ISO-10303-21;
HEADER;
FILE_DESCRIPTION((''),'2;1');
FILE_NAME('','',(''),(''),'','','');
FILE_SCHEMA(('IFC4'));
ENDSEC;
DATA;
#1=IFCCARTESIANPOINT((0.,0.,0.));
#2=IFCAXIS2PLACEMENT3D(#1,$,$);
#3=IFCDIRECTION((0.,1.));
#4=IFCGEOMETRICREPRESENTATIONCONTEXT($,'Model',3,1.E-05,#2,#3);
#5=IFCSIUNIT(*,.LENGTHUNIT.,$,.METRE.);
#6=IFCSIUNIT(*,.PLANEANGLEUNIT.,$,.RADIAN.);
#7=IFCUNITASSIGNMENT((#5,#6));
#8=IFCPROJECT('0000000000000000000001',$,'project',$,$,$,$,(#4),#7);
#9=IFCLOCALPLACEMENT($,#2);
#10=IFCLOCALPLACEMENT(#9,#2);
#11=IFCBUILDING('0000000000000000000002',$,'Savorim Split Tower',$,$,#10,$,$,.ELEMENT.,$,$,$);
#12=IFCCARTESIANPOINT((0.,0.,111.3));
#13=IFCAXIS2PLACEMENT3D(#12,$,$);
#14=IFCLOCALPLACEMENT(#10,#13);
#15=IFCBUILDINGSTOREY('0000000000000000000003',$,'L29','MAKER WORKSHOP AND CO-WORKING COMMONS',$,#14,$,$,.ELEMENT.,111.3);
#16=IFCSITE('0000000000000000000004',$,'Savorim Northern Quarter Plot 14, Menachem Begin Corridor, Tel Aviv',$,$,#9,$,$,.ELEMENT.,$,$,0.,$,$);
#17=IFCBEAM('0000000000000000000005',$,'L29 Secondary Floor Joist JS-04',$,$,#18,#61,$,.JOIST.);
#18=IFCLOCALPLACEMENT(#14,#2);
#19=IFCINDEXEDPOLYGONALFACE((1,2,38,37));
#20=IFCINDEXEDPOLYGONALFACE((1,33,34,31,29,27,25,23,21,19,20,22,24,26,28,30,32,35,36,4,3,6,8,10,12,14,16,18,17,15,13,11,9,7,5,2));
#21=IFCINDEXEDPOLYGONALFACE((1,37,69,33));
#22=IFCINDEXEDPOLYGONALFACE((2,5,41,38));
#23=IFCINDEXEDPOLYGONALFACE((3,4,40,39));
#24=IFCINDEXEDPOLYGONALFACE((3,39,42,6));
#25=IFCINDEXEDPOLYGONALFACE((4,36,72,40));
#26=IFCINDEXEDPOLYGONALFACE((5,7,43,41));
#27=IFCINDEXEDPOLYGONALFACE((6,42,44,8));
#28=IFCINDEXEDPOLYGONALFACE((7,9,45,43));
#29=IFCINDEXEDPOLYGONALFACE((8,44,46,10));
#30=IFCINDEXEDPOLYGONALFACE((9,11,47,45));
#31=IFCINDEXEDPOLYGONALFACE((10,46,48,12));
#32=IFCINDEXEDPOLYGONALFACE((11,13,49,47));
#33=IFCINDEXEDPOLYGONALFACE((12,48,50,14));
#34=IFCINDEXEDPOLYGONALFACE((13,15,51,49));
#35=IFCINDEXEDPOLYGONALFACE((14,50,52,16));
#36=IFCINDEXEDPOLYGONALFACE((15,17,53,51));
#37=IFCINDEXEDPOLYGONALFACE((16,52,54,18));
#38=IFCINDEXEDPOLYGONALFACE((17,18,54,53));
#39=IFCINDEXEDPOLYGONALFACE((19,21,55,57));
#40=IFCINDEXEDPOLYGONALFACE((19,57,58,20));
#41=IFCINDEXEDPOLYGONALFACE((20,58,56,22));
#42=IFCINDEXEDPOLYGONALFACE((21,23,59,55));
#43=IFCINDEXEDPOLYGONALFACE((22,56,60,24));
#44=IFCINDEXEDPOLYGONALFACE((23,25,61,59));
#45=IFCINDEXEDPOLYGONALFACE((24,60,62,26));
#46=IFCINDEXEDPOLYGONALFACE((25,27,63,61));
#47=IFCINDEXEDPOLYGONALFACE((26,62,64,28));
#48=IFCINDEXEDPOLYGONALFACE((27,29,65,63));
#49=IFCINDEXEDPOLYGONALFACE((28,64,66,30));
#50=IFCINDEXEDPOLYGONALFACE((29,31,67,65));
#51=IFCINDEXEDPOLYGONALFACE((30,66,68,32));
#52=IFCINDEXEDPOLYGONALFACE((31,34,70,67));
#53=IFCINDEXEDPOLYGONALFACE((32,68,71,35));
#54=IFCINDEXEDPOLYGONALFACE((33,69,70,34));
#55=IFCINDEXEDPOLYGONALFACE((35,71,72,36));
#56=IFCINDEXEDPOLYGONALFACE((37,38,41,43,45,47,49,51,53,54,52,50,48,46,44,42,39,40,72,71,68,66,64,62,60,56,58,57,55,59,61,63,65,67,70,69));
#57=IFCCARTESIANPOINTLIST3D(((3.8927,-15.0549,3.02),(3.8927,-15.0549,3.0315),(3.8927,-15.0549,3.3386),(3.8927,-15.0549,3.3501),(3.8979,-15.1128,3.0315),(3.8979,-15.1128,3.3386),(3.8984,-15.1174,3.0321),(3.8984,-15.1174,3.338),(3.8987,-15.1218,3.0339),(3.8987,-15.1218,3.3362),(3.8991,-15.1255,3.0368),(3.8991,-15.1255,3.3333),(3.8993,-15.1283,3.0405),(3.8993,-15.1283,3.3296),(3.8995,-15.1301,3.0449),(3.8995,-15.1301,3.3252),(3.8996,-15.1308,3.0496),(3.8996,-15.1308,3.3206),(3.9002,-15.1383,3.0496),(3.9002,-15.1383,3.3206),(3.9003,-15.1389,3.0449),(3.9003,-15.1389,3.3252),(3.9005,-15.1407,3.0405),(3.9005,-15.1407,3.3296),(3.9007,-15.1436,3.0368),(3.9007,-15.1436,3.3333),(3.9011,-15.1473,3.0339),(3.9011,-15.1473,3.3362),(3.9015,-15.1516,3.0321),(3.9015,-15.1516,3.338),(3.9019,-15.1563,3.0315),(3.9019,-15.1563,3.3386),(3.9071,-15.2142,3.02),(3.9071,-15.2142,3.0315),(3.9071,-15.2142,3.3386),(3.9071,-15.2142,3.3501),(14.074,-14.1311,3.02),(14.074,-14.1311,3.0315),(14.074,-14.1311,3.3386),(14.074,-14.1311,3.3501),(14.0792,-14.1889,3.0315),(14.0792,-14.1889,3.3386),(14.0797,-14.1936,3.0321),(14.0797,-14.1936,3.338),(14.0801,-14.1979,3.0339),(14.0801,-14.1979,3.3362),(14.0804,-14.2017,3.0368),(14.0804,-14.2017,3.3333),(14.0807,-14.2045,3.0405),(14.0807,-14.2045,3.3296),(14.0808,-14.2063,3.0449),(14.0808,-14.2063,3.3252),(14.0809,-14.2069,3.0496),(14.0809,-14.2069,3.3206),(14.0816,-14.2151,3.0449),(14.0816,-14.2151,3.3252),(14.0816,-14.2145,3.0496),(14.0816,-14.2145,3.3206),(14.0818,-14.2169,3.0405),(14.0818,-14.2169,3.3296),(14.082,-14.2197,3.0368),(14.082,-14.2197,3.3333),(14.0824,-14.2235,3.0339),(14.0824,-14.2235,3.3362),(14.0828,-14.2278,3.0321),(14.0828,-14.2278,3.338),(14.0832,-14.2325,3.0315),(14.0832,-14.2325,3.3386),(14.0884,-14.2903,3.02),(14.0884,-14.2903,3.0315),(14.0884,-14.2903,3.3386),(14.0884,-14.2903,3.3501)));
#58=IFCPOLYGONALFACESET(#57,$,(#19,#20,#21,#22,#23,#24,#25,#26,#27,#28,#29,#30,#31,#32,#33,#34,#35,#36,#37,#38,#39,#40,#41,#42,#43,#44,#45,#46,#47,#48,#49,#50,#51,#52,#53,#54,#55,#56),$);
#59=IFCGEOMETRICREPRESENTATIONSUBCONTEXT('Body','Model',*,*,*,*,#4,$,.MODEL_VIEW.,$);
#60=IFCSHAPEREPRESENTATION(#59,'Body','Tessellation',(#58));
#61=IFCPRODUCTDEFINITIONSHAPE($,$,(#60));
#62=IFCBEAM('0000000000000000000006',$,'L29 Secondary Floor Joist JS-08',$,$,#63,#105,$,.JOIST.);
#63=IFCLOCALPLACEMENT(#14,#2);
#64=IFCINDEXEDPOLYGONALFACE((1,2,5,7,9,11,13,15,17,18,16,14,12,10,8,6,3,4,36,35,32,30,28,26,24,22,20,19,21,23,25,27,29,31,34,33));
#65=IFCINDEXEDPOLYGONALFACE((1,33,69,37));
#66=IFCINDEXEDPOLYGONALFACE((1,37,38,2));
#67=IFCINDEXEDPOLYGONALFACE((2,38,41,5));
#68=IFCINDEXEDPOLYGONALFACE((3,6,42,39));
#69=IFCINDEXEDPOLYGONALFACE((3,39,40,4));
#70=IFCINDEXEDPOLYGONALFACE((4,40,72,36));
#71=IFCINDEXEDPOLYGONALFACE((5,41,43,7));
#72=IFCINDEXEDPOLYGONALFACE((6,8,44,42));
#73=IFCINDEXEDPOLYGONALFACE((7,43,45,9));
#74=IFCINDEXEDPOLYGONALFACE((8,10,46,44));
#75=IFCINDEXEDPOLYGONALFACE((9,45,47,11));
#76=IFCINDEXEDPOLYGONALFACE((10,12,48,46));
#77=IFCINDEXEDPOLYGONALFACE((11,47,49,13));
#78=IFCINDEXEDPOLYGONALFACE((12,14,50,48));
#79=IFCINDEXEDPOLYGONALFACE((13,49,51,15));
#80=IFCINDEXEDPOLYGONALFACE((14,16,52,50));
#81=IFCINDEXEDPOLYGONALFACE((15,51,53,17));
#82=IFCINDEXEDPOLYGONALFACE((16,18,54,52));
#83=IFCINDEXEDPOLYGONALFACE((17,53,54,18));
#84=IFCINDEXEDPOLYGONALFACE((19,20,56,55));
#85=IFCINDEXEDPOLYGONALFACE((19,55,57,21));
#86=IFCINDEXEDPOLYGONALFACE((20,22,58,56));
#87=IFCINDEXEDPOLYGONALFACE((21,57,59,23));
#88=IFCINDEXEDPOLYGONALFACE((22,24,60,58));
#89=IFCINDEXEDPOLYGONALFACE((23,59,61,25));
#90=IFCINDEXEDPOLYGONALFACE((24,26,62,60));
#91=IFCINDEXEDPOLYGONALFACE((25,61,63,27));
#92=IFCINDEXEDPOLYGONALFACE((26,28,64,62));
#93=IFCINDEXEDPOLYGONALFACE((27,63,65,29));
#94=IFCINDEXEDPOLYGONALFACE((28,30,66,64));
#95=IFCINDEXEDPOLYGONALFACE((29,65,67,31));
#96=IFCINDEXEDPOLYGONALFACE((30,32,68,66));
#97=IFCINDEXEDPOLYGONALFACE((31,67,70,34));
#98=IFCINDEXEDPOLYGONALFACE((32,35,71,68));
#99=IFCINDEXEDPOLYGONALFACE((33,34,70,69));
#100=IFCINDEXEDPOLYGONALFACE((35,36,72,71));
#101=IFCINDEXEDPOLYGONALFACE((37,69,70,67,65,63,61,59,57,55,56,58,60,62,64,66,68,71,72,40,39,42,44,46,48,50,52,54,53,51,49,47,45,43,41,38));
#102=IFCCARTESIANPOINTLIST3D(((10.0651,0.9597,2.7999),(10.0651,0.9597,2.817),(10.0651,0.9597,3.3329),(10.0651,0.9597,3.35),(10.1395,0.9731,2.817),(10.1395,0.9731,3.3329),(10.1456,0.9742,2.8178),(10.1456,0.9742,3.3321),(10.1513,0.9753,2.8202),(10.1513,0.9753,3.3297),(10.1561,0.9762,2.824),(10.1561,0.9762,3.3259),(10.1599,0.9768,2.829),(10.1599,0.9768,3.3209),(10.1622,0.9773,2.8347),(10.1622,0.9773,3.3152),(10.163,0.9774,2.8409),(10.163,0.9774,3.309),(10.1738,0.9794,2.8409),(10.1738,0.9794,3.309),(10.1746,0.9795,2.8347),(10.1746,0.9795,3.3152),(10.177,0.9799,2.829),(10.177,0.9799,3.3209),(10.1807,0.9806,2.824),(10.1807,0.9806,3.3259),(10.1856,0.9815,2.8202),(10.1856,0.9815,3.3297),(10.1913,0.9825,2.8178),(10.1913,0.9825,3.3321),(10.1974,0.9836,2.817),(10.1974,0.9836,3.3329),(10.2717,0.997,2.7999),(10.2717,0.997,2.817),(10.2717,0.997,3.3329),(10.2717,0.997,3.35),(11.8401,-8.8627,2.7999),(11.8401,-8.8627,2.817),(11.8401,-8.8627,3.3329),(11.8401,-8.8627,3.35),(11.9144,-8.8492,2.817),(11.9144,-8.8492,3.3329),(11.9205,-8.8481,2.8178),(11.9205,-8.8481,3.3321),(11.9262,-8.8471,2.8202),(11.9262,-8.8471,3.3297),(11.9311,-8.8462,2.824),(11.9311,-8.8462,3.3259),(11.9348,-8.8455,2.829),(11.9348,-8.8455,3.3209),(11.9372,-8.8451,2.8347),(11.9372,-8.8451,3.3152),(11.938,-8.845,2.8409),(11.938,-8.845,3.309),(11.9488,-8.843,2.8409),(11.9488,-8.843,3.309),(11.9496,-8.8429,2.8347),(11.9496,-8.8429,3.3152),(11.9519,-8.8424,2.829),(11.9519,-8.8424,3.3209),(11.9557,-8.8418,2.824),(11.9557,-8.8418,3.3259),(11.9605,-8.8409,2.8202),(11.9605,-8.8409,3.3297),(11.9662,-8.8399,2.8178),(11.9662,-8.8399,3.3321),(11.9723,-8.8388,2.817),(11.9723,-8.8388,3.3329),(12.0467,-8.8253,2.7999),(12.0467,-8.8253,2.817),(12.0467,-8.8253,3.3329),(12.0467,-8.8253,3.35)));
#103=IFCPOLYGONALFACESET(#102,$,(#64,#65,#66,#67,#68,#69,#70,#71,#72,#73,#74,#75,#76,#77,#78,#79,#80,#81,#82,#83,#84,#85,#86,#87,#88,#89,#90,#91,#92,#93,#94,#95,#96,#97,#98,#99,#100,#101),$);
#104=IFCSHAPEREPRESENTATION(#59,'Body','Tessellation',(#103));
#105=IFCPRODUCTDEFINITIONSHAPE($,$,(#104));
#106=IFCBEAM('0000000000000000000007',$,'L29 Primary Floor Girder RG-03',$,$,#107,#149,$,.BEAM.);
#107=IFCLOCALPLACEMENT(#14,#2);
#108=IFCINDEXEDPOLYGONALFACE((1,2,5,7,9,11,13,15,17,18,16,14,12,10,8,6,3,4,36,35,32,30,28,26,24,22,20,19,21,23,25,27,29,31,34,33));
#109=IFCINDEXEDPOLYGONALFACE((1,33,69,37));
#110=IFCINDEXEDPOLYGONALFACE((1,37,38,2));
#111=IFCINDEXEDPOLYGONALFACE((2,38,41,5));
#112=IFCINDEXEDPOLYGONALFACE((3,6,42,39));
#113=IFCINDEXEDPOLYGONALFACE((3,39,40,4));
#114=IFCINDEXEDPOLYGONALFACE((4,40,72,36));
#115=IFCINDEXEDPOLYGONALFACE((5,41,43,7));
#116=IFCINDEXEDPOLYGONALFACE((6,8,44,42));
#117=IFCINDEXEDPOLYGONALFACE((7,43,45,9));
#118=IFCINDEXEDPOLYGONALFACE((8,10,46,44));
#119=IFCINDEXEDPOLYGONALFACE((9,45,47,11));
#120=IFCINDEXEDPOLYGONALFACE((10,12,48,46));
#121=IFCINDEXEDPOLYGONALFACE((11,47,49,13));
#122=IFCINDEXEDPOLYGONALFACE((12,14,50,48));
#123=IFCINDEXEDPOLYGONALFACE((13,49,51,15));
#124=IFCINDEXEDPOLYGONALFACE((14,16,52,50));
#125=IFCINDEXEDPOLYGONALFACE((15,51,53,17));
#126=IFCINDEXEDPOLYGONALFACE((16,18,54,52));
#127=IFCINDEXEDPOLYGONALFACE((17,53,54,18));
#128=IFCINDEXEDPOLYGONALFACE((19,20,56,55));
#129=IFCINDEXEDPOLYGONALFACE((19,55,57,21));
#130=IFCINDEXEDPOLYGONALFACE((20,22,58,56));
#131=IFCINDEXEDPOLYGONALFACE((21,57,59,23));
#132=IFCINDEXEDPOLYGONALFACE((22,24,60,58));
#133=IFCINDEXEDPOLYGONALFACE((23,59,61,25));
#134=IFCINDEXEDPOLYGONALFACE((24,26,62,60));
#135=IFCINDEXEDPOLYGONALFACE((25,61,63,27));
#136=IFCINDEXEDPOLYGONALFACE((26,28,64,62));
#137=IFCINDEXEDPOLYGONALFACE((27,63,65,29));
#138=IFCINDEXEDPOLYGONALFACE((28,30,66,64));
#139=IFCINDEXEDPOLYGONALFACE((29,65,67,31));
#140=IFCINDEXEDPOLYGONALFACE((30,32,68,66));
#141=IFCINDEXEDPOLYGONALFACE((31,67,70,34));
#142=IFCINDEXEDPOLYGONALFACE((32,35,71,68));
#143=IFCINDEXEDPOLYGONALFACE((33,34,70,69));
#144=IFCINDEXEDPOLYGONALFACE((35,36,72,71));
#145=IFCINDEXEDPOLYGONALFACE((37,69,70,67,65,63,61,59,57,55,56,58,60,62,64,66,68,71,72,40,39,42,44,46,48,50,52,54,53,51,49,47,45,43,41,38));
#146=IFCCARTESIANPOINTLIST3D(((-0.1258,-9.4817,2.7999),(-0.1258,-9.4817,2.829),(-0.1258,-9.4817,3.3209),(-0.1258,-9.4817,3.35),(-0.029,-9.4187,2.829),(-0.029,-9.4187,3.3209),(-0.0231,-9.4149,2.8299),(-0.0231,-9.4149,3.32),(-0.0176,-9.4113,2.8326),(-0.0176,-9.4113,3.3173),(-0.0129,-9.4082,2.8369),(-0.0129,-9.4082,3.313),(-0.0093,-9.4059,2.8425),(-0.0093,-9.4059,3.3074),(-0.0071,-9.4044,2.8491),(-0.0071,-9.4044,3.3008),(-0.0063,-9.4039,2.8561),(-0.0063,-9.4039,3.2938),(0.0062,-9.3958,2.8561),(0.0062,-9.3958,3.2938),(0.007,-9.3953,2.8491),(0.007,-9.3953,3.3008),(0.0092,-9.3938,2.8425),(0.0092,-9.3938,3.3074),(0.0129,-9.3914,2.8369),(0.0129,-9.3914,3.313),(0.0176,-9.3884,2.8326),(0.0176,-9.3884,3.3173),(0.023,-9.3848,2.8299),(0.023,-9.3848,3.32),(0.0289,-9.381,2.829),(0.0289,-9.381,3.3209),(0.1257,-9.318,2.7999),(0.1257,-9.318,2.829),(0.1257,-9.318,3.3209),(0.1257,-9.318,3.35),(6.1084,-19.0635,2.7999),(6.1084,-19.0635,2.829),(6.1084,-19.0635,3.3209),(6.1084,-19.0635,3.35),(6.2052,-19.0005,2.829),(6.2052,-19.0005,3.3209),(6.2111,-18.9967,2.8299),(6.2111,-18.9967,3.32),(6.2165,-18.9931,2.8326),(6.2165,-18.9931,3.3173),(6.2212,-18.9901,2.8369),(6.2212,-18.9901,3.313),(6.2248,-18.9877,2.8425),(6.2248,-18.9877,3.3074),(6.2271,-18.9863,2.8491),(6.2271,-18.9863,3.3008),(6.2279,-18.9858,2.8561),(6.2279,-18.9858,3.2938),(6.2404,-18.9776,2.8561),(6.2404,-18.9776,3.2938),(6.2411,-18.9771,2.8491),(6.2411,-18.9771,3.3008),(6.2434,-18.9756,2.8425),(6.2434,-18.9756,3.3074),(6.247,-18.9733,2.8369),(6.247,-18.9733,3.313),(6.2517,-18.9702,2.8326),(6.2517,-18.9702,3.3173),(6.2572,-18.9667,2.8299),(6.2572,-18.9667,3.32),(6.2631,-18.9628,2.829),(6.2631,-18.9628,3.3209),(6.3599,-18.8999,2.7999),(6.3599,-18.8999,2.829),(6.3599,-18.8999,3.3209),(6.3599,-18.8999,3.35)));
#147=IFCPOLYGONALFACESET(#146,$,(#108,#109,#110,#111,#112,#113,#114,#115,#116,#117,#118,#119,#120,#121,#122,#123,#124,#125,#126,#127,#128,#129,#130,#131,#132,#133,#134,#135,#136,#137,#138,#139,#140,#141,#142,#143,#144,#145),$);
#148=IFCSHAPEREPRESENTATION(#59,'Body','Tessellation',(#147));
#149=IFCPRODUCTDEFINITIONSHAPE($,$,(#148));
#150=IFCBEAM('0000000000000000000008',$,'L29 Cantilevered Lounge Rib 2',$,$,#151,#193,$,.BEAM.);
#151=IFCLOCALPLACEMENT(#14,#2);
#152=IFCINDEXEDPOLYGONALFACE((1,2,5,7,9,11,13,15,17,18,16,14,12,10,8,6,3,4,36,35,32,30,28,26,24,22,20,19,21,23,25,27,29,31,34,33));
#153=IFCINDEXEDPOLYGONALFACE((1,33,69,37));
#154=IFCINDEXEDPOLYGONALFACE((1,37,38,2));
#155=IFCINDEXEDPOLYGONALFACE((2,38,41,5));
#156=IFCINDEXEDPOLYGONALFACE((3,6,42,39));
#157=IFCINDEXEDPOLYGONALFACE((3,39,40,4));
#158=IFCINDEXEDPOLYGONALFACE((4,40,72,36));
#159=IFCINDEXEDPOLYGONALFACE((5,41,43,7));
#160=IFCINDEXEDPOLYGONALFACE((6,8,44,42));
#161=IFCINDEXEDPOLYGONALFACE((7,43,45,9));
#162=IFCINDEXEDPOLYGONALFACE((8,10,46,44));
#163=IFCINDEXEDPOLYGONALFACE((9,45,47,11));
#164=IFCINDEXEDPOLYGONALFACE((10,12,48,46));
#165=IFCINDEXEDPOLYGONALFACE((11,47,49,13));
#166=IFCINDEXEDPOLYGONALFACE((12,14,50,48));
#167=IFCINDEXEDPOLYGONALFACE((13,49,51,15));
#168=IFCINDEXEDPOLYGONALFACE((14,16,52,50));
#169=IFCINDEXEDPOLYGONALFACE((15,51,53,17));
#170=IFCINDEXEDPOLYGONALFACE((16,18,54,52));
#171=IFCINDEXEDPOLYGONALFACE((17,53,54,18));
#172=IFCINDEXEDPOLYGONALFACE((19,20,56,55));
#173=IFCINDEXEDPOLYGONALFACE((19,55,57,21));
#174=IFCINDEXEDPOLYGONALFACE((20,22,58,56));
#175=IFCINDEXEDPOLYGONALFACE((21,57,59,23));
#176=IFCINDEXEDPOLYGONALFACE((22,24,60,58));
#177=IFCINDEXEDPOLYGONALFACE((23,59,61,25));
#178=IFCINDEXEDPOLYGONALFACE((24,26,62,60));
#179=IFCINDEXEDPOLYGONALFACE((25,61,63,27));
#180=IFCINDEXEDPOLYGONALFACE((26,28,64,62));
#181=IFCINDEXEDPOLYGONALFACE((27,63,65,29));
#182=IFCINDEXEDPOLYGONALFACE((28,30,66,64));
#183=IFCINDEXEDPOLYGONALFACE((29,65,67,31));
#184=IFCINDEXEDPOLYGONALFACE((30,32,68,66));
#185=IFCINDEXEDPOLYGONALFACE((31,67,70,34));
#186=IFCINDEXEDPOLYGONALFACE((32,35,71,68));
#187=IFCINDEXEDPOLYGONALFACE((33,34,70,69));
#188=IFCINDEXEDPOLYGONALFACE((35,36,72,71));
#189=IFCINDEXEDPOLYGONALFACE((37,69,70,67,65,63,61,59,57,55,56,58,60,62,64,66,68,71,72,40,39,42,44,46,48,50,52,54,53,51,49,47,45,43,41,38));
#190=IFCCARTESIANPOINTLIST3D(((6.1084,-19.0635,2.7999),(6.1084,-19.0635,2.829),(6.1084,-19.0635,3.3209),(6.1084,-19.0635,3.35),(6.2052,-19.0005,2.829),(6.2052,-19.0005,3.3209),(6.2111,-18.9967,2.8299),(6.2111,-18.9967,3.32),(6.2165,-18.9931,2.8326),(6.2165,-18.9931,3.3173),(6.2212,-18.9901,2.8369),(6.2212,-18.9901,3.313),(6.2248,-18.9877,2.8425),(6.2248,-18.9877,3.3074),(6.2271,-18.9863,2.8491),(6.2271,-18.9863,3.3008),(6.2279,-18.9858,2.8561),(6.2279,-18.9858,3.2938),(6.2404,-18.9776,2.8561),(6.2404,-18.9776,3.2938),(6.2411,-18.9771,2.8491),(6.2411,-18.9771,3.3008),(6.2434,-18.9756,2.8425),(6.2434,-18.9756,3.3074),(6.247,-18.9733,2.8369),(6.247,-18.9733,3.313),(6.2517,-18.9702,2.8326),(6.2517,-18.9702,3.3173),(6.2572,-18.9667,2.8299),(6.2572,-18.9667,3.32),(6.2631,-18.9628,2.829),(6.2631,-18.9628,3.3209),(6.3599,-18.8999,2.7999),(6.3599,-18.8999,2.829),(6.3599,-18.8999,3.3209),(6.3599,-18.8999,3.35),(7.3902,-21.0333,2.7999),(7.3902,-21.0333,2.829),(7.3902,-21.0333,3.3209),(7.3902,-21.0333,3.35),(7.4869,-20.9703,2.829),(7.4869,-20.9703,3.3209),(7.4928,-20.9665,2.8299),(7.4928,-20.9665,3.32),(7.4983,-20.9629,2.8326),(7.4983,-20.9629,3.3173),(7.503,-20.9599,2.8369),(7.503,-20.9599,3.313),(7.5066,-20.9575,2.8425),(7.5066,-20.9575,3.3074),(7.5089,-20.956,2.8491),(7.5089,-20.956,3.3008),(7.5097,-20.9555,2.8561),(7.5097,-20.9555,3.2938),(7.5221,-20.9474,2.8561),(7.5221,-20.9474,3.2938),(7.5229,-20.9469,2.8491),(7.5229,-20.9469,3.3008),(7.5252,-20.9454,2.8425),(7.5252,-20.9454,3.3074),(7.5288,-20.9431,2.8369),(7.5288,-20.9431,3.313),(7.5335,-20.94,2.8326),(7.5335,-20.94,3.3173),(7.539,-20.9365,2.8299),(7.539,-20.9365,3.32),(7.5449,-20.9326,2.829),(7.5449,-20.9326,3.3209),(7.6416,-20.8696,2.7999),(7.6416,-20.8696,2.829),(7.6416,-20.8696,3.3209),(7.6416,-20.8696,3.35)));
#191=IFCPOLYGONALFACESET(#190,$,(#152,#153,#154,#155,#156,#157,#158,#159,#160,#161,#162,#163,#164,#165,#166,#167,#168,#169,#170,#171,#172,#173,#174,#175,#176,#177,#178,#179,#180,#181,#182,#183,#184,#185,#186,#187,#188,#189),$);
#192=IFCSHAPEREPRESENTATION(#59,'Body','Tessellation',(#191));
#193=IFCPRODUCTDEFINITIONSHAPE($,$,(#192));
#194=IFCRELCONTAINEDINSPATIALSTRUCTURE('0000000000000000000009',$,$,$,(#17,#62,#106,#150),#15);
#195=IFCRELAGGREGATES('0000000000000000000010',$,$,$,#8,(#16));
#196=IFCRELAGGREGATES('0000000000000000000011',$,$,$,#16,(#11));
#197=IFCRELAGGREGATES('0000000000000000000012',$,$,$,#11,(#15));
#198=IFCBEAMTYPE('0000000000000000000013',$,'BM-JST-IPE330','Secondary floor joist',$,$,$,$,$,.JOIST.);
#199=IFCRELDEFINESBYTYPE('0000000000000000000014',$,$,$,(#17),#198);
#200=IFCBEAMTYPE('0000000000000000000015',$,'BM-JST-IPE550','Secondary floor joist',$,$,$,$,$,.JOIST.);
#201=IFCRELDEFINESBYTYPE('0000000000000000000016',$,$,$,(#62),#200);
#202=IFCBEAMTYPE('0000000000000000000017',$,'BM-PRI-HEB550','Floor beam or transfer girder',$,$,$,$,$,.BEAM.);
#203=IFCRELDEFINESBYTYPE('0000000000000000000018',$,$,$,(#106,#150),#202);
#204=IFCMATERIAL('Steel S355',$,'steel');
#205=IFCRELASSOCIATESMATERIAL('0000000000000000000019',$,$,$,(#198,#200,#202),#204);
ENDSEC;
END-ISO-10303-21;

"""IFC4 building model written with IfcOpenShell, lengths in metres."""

from ifc_helpers import new_model, si_unit, direction, frame, origin, origin_2d, place, context, subcontext, project, spatial, i_section, extrude, material, material_profile, profile_set, type_object, element, save


model = new_model("IFC4")

# Units and contexts
model_context = context("Model", 3, precision=1e-05, world=origin(), true_north=direction((0.0, 1.0)))
body_context = subcontext(model_context, "Body", "Model", "MODEL_VIEW")
ifc_project = project(units=[si_unit("LENGTHUNIT", "METRE"), si_unit("PLANEANGLEUNIT", "RADIAN")], contexts=[model_context])

# Site, building, storey
site_placement = place(None, origin())
site = spatial("IfcSite", under=ifc_project, at=site_placement, Name="Savorim Northern Quarter Plot 14, Menachem Begin Corridor, Tel Aviv", CompositionType="ELEMENT", RefElevation=0.0)
building_placement = place(site_placement, origin())
building = spatial("IfcBuilding", under=site, at=building_placement, Name="Savorim Split Tower", CompositionType="ELEMENT")
storey_placement = place(building_placement, frame((0.0, 0.0, 111.3)))
storey = spatial("IfcBuildingStorey", under=building, at=storey_placement, Name="L29", Description="MAKER WORKSHOP AND CO-WORKING COMMONS", CompositionType="ELEMENT", Elevation=111.3)

# Beams
ifc_material_1 = material(Name="Steel S355", Category="steel")
ifc_material_profile_1 = material_profile(ifc_material_1, i_section(OverallWidth=0.1599, OverallDepth=0.3301, WebThickness=0.0076, FlangeThickness=0.0115, FilletRadius=0.0181, at=origin_2d()), Name="IPE 330")
ifc_profile_set_1 = profile_set([ifc_material_profile_1], Name="Steel S355")
beam_type_1 = type_object("IfcBeamType", Name="BM-JST-IPE330", Description="Secondary floor joist", PredefinedType="JOIST", material=ifc_profile_set_1)
beam_1_placement = place(storey_placement, frame((3.8999, -15.1345, 3.1851), z_axis=(0.995909, 0.090366, 0.0), x_axis=(-0.090366, 0.995909, 0.0)))
element("IfcBeam", 1, at=beam_1_placement, inside=storey, type_object=beam_type_1, Name="L29 Secondary Floor Joist JS-04", PredefinedType="JOIST", context=body_context, shape_type="SweptSolid", body=[
    extrude(i_section(OverallWidth=0.1599, OverallDepth=0.3301, WebThickness=0.0076, FlangeThickness=0.0115, FilletRadius=0.0181, at=origin_2d()), origin(), (0.0, 0.0, 1.0), 10.2231),
])
ifc_material_profile_2 = material_profile(ifc_material_1, i_section(OverallWidth=0.21, OverallDepth=0.55, WebThickness=0.011, FlangeThickness=0.0171, FilletRadius=0.0239, at=origin_2d()), Name="IPE 550")
ifc_profile_set_2 = profile_set([ifc_material_profile_2], Name="Steel S355")
beam_type_2 = type_object("IfcBeamType", Name="BM-JST-IPE550", Description="Secondary floor joist", PredefinedType="JOIST", material=ifc_profile_set_2)
beam_2_placement = place(storey_placement, frame((11.9434, -8.844, 3.075), z_axis=(-0.177822, 0.984063, 0.0), x_axis=(-0.984063, -0.177822, 0.0)))
element("IfcBeam", 2, at=beam_2_placement, inside=storey, type_object=beam_type_2, Name="L29 Secondary Floor Joist JS-08", PredefinedType="JOIST", context=body_context, shape_type="SweptSolid", body=[
    extrude(i_section(OverallWidth=0.21, OverallDepth=0.55, WebThickness=0.011, FlangeThickness=0.0171, FilletRadius=0.0239, at=origin_2d()), origin(), (0.0, 0.0, 1.0), 9.9814),
])
ifc_material_profile_3 = material_profile(ifc_material_1, i_section(OverallWidth=0.3, OverallDepth=0.55, WebThickness=0.0149, FlangeThickness=0.0291, FilletRadius=0.0271, at=origin_2d()), Name="HEB 550")
ifc_profile_set_3 = profile_set([ifc_material_profile_3], Name="Steel S355")
beam_type_3 = type_object("IfcBeamType", Name="BM-PRI-HEB550", Description="Floor beam or transfer girder", PredefinedType="BEAM", material=ifc_profile_set_3)
beam_3_placement = place(storey_placement, frame((6.2341, -18.9817, 3.075), z_axis=(-0.545355, 0.838205, 0.0), x_axis=(-0.838205, -0.545355, 0.0)))
element("IfcBeam", 3, at=beam_3_placement, inside=storey, type_object=beam_type_3, Name="L29 Primary Floor Girder RG-03", PredefinedType="BEAM", context=body_context, shape_type="SweptSolid", body=[
    extrude(i_section(OverallWidth=0.3, OverallDepth=0.55, WebThickness=0.0149, FlangeThickness=0.0291, FilletRadius=0.0271, at=origin_2d()), origin(), (0.0, 0.0, 1.0), 11.4314),
])
beam_4_placement = place(storey_placement, frame((6.2341, -18.9817, 3.075), z_axis=(0.545412, -0.838168, 0.0), x_axis=(0.838168, 0.545412, 0.0)))
element("IfcBeam", 4, at=beam_4_placement, inside=storey, type_object=beam_type_3, Name="L29 Cantilevered Lounge Rib 2", PredefinedType="BEAM", context=body_context, shape_type="SweptSolid", body=[
    extrude(i_section(OverallWidth=0.3, OverallDepth=0.55, WebThickness=0.0149, FlangeThickness=0.0291, FilletRadius=0.0271, at=origin_2d()), origin(), (0.0, 0.0, 1.0), 2.3501),
])

save(model, "model.ifc")
